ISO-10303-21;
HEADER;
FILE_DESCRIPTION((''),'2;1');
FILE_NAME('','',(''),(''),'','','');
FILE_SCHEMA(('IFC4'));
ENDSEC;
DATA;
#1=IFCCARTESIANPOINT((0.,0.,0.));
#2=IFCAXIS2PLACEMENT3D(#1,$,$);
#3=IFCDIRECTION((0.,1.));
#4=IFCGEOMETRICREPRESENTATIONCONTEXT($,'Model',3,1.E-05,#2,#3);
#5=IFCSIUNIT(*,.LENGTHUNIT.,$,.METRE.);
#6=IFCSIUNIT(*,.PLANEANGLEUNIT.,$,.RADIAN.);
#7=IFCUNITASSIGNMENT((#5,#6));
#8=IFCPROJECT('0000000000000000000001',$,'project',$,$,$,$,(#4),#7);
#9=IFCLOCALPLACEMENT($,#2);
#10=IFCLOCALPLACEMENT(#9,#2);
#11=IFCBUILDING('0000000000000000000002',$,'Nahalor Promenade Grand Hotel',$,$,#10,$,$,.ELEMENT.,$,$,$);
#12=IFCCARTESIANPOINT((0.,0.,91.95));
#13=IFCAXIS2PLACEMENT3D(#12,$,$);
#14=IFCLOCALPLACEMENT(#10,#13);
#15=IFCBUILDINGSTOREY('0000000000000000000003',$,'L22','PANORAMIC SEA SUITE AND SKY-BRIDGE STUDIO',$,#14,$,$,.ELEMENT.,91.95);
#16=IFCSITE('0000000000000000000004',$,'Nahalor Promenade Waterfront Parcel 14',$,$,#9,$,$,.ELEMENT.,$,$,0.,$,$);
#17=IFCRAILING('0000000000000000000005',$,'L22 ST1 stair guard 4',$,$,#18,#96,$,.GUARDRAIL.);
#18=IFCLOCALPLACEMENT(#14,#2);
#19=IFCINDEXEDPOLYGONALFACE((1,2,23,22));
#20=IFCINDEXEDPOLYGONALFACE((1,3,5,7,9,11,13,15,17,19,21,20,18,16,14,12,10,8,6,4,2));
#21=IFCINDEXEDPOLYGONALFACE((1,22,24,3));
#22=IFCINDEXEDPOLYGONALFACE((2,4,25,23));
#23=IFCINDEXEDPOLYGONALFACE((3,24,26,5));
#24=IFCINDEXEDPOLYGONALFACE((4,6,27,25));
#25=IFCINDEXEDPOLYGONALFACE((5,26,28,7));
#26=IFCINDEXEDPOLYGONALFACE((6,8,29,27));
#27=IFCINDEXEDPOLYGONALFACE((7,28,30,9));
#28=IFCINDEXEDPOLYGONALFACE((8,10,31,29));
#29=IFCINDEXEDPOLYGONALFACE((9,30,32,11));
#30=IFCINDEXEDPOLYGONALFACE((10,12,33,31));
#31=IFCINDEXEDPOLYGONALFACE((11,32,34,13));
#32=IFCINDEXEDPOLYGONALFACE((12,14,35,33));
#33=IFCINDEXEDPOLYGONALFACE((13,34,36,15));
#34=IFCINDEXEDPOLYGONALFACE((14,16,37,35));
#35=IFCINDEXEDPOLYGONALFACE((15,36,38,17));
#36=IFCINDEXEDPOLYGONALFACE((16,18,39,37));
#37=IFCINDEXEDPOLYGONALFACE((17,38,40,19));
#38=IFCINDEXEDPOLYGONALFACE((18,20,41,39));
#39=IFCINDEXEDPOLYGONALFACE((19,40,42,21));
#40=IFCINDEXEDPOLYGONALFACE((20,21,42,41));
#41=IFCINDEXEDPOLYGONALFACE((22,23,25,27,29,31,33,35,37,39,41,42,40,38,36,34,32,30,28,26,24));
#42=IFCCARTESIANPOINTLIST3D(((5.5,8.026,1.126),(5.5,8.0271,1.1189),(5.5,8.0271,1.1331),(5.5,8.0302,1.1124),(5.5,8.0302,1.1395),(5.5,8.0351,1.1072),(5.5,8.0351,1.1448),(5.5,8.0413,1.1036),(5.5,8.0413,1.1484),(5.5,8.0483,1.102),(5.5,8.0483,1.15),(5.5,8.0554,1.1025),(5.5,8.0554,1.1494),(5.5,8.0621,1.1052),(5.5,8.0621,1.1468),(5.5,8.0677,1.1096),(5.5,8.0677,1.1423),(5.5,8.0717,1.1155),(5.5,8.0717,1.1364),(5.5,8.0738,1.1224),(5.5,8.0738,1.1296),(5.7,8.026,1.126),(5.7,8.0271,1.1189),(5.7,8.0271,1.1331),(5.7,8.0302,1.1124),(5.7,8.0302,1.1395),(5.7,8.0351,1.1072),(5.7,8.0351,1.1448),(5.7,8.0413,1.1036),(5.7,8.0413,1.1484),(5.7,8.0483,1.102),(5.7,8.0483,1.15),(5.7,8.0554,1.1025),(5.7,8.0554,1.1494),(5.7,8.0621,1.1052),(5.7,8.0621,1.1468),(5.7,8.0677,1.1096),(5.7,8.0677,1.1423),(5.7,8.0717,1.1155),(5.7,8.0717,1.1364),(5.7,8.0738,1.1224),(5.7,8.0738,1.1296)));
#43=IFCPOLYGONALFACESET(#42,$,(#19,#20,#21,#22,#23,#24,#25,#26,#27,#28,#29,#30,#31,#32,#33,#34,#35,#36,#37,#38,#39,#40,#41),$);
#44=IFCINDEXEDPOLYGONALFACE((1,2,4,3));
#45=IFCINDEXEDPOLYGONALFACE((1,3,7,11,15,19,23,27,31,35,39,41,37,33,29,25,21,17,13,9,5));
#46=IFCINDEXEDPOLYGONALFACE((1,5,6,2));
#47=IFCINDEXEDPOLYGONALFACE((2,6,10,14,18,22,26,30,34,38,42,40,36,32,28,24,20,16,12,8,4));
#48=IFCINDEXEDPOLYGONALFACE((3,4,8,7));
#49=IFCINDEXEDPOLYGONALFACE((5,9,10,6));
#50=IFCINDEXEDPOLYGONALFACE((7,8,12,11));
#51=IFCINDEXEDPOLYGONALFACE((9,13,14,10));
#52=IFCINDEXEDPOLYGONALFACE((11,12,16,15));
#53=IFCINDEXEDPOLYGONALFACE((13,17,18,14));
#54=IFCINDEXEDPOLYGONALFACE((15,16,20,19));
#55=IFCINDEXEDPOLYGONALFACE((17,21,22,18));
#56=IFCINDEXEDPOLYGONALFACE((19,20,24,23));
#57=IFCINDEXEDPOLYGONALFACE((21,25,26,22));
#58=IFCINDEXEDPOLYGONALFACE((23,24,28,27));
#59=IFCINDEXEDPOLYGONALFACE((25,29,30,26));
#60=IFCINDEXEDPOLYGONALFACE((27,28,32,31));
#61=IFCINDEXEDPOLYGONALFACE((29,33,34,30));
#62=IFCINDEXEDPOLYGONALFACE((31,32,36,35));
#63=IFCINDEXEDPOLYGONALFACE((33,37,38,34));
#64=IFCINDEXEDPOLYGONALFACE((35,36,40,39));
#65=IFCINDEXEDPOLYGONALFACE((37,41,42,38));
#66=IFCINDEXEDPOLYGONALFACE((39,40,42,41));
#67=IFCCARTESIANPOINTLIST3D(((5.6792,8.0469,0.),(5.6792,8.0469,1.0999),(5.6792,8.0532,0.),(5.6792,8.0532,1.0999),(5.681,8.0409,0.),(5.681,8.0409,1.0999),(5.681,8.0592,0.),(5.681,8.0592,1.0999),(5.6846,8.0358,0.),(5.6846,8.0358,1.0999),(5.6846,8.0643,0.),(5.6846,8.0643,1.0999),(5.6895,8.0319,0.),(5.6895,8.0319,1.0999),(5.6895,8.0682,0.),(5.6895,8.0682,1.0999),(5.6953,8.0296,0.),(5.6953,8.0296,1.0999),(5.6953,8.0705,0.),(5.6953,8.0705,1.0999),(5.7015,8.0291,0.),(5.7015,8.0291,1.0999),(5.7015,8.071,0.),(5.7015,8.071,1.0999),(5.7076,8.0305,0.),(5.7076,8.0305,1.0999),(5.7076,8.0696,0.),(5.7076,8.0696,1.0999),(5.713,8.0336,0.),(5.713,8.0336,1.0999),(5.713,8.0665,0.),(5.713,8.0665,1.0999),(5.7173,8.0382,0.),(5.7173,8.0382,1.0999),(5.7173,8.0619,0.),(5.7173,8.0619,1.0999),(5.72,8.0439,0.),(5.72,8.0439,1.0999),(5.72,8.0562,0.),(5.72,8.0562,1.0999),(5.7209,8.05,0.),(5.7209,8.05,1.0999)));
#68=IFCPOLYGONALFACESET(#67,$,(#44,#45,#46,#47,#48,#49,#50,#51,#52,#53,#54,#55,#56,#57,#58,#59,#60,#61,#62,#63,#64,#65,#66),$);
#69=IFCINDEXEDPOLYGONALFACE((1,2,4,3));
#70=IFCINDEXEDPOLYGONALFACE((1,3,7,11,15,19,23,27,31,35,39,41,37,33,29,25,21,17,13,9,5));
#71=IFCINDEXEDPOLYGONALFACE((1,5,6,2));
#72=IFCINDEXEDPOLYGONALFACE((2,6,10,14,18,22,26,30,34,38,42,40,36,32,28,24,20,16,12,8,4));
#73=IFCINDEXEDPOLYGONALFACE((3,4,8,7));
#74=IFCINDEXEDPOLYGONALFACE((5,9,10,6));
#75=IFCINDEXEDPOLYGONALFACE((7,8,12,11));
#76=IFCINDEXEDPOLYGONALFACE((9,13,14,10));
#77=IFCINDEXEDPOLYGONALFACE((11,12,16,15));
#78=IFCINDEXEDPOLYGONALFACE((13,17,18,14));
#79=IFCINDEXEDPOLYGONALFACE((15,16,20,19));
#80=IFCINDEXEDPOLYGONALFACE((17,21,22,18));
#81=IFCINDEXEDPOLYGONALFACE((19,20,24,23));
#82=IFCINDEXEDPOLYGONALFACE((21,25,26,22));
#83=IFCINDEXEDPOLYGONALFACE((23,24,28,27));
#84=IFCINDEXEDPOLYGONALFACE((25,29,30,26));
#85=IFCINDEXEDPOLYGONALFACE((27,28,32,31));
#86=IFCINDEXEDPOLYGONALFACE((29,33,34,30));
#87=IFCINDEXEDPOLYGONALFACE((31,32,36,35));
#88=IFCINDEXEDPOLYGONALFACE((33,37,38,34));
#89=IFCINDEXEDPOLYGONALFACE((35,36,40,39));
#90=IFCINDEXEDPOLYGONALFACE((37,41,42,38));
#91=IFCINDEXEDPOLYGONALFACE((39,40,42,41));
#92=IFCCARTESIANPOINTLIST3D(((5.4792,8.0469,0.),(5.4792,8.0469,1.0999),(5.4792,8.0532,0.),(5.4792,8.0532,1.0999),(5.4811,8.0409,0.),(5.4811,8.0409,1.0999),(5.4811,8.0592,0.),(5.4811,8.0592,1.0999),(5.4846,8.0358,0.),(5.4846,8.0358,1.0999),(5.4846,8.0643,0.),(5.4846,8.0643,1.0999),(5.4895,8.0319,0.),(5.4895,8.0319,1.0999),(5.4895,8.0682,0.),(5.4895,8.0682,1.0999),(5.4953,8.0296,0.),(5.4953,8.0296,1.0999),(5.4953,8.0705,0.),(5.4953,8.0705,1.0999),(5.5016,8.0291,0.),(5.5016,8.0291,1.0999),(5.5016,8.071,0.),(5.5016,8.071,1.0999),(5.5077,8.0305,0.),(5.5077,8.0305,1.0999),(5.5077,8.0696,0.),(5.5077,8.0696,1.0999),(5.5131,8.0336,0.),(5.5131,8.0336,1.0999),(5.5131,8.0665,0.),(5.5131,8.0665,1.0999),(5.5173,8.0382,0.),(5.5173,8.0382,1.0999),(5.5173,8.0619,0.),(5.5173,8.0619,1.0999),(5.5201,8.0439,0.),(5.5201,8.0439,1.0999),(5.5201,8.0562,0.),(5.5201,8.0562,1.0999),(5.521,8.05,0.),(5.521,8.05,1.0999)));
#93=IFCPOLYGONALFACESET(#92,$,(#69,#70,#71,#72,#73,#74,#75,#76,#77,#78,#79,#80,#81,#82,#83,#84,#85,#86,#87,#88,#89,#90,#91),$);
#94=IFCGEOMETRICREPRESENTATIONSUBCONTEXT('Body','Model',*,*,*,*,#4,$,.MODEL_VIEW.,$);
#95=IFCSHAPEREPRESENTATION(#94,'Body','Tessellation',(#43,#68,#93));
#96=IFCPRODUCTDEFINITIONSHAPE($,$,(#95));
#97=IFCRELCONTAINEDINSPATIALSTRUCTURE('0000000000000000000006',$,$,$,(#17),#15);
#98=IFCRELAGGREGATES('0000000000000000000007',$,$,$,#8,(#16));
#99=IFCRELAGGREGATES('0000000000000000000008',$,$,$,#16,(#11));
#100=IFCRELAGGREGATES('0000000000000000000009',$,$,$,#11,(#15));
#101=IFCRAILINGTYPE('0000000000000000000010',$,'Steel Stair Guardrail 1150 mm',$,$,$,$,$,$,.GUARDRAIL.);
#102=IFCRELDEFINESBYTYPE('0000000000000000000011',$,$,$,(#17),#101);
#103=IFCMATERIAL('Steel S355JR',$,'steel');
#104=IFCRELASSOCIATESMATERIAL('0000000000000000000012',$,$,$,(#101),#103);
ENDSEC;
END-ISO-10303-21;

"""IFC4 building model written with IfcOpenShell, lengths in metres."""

from ifc_helpers import new_model, si_unit, direction, frame, origin, origin_2d, place, context, subcontext, project, spatial, circle, extrude, material, type_object, element, save


model = new_model("IFC4")

# Units and contexts
model_context = context("Model", 3, precision=1e-05, world=origin(), true_north=direction((0.0, 1.0)))
body_context = subcontext(model_context, "Body", "Model", "MODEL_VIEW")
ifc_project = project(units=[si_unit("LENGTHUNIT", "METRE"), si_unit("PLANEANGLEUNIT", "RADIAN")], contexts=[model_context])

# Site, building, storey
site_placement = place(None, origin())
site = spatial("IfcSite", under=ifc_project, at=site_placement, Name="Nahalor Promenade Waterfront Parcel 14", CompositionType="ELEMENT", RefElevation=0.0)
building_placement = place(site_placement, origin())
building = spatial("IfcBuilding", under=site, at=building_placement, Name="Nahalor Promenade Grand Hotel", CompositionType="ELEMENT")
storey_placement = place(building_placement, frame((0.0, 0.0, 91.95)))
storey = spatial("IfcBuildingStorey", under=building, at=storey_placement, Name="L22", Description="PANORAMIC SEA SUITE AND SKY-BRIDGE STUDIO", CompositionType="ELEMENT", Elevation=91.95)

# Shared definitions
ifc_material_1 = material(Name="Steel S355JR", Category="steel")

# Railing
railing_type_1 = type_object("IfcRailingType", Name="Steel Stair Guardrail 1150 mm", PredefinedType="GUARDRAIL", material=ifc_material_1)
railing_1_placement = place(storey_placement, frame((5.7, 8.05, 0.0)))
element("IfcRailing", 1, at=railing_1_placement, inside=storey, type_object=railing_type_1, Name="L22 ST1 stair guard 4", PredefinedType="GUARDRAIL", context=body_context, shape_type="SweptSolid", body=[
    extrude(circle(Radius=0.024, at=origin_2d()), frame((0.0, 0.0, 1.126), z_axis=(-1.0, 0.0, 0.0), x_axis=(0.0, -1.0, 0.0)), (0.0, 0.0, 1.0), 0.2),
    extrude(circle(Radius=0.021, at=origin_2d()), origin(), (0.0, 0.0, 1.0), 1.0999),
    extrude(circle(Radius=0.021, at=origin_2d()), frame((-0.2, 0.0, 0.0)), (0.0, 0.0, 1.0), 1.0999),
])

save(model, "model.ifc")
